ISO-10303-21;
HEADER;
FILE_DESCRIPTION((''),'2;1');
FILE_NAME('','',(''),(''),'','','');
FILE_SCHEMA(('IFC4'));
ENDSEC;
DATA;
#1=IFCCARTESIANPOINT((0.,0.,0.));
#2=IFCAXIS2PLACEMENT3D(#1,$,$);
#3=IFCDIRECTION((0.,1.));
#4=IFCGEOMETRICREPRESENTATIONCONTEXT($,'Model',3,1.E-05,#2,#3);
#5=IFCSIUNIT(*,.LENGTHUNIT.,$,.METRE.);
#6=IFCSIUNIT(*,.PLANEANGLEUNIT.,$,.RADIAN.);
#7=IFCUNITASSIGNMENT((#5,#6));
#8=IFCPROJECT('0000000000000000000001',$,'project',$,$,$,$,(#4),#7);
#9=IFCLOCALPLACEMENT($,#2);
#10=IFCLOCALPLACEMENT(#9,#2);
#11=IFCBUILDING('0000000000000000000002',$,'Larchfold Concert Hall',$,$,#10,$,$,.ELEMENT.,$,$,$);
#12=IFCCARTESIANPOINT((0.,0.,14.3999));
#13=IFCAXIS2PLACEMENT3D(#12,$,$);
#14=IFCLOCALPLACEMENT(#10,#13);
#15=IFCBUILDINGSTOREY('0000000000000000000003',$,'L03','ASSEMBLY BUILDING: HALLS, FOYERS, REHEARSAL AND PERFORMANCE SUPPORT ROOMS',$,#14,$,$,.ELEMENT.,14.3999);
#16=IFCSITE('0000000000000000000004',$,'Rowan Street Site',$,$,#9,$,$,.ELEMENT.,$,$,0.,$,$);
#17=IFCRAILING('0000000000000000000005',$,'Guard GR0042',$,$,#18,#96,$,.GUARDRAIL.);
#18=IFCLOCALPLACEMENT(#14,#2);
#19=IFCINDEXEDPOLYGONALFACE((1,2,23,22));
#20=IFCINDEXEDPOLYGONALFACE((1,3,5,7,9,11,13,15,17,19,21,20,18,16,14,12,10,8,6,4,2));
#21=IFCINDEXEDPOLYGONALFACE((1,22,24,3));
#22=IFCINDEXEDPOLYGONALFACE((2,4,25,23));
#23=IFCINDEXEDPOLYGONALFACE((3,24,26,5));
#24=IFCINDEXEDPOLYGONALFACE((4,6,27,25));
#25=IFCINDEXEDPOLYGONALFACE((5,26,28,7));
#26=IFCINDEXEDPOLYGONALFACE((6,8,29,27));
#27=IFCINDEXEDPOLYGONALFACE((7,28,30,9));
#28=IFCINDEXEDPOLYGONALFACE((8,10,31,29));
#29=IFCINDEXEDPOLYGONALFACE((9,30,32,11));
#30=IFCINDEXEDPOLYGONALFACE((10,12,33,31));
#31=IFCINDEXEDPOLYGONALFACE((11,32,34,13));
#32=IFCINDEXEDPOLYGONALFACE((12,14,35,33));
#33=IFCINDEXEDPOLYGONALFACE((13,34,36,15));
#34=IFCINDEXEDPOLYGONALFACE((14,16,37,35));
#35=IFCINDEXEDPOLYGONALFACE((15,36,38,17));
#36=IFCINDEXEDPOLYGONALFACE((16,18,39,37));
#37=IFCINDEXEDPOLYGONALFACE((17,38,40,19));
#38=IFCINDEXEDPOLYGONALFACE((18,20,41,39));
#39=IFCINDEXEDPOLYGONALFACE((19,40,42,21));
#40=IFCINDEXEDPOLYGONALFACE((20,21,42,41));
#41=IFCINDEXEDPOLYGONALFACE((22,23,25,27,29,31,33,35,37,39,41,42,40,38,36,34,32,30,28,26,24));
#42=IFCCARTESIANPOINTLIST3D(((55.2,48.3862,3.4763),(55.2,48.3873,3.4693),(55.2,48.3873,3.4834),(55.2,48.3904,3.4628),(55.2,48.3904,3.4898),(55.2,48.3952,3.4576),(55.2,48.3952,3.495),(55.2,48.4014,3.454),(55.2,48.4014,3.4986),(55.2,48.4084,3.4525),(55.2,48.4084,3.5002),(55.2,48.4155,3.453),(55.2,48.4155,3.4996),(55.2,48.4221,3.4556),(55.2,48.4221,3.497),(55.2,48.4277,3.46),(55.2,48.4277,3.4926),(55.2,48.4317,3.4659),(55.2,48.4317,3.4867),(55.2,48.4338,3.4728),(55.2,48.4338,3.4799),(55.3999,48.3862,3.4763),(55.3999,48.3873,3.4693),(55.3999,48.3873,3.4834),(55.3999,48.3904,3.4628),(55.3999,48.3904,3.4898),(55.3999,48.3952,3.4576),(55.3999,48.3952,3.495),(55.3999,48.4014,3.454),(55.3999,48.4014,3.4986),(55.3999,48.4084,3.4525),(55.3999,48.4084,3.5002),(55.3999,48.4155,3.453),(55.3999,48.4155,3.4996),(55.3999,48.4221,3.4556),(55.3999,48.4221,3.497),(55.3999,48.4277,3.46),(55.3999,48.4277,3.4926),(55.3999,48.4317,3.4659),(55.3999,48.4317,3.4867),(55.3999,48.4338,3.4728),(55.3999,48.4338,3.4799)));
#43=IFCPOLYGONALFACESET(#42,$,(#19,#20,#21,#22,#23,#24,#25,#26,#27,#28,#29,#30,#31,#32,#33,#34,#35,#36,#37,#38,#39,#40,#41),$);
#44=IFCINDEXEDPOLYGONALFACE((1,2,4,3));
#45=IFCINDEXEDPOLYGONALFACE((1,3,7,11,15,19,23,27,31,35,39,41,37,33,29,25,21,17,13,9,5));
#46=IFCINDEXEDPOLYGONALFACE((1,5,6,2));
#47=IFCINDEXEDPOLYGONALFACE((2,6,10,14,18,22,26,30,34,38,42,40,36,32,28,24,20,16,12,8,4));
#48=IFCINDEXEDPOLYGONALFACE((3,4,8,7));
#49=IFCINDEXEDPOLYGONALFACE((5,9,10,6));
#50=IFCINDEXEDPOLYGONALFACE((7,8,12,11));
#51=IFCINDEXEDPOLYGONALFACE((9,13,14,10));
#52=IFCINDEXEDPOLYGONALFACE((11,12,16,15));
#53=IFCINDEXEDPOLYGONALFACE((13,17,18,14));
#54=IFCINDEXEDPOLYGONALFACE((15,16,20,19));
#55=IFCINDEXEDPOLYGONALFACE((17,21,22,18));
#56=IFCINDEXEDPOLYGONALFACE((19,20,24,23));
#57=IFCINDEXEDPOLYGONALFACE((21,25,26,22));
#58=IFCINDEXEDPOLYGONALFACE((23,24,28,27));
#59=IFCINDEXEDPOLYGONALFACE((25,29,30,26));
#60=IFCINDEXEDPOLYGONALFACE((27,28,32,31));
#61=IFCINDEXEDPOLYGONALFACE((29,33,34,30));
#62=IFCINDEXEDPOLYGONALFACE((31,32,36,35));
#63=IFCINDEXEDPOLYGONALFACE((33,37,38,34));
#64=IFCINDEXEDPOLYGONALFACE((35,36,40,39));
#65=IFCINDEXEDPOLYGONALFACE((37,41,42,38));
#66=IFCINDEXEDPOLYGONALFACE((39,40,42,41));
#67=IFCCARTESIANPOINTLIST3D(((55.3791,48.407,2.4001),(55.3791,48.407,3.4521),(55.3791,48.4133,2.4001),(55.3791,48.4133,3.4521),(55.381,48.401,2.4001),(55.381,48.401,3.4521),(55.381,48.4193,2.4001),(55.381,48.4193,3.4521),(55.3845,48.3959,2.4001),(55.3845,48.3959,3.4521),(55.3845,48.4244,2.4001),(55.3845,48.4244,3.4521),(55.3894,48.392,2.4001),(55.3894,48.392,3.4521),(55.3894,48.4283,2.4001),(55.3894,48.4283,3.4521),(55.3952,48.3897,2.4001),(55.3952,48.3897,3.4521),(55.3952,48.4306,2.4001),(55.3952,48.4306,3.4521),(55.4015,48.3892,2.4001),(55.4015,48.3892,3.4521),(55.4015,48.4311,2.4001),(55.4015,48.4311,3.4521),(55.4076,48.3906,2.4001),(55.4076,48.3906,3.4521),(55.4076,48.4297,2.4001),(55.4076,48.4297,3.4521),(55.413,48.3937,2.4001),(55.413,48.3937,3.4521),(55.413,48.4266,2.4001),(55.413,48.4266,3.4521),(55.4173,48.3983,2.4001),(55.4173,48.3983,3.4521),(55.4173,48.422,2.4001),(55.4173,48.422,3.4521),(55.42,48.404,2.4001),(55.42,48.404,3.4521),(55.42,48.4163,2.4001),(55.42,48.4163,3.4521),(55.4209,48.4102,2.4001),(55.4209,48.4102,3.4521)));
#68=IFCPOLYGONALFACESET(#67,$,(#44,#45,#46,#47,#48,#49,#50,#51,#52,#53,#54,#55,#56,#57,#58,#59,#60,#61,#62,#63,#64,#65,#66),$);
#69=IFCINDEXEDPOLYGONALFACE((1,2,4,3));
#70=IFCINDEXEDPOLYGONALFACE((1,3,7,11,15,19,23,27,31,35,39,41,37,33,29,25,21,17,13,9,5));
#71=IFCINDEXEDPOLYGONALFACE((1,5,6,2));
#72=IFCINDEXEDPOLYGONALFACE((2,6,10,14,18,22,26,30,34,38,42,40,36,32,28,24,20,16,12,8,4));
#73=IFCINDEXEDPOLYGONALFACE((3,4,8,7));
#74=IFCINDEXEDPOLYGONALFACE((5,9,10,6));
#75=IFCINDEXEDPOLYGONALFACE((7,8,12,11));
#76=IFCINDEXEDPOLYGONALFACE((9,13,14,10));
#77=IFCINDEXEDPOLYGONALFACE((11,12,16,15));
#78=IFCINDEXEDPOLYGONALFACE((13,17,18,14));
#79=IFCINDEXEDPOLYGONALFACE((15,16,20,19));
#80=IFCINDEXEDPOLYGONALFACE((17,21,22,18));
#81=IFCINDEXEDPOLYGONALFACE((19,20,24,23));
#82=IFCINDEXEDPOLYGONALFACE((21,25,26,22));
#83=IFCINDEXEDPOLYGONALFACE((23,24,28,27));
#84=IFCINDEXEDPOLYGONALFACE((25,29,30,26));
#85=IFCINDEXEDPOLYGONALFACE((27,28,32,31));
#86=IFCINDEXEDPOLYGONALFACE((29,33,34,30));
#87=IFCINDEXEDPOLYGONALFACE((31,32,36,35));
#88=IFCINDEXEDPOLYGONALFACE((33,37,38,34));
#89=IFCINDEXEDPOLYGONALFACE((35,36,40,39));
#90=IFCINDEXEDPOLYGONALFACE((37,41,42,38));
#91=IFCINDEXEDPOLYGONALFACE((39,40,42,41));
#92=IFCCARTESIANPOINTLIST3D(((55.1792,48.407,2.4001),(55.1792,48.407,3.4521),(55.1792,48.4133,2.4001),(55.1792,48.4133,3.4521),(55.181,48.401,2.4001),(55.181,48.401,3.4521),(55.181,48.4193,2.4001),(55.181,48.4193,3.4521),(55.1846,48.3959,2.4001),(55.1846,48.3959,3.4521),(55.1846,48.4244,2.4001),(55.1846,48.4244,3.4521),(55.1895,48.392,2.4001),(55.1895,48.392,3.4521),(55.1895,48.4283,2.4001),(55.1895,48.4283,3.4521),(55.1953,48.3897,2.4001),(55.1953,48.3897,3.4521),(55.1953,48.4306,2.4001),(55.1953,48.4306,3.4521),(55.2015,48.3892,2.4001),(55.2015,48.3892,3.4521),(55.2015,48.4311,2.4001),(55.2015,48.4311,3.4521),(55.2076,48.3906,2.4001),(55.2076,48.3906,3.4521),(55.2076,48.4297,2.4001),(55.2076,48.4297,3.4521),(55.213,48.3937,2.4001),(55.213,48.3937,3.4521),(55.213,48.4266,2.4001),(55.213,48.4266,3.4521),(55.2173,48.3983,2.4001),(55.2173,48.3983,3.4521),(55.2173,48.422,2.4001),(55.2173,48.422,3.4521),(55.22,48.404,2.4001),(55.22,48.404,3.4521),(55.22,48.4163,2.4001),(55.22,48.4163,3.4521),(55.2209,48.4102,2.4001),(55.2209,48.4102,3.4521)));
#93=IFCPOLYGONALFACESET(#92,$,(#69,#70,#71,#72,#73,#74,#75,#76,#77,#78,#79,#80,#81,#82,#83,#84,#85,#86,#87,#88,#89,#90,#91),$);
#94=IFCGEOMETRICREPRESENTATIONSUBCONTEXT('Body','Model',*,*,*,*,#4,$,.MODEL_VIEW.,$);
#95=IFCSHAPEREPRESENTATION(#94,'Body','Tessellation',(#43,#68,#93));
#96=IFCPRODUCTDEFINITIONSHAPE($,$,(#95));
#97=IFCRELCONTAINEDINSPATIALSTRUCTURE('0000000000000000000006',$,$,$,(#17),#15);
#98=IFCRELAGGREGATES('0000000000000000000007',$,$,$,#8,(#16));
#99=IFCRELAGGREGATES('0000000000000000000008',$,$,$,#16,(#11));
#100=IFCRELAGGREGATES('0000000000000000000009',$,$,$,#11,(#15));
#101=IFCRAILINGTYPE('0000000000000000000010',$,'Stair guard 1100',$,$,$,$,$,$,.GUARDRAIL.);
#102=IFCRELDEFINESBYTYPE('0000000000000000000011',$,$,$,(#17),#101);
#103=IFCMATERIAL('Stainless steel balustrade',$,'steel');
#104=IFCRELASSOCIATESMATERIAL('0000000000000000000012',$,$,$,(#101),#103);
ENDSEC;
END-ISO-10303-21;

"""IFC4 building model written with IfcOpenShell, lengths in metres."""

from ifc_helpers import new_model, si_unit, direction, frame, origin, origin_2d, place, context, subcontext, project, spatial, circle, extrude, material, type_object, element, save


model = new_model("IFC4")

# Units and contexts
model_context = context("Model", 3, precision=1e-05, world=origin(), true_north=direction((0.0, 1.0)))
body_context = subcontext(model_context, "Body", "Model", "MODEL_VIEW")
ifc_project = project(units=[si_unit("LENGTHUNIT", "METRE"), si_unit("PLANEANGLEUNIT", "RADIAN")], contexts=[model_context])

# Site, building, storey
site_placement = place(None, origin())
site = spatial("IfcSite", under=ifc_project, at=site_placement, Name="Rowan Street Site", CompositionType="ELEMENT", RefElevation=0.0)
building_placement = place(site_placement, origin())
building = spatial("IfcBuilding", under=site, at=building_placement, Name="Larchfold Concert Hall", CompositionType="ELEMENT")
storey_placement = place(building_placement, frame((0.0, 0.0, 14.3999)))
storey = spatial("IfcBuildingStorey", under=building, at=storey_placement, Name="L03", Description="ASSEMBLY BUILDING: HALLS, FOYERS, REHEARSAL AND PERFORMANCE SUPPORT ROOMS", CompositionType="ELEMENT", Elevation=14.3999)

# Railing
ifc_material_1 = material(Name="Stainless steel balustrade", Category="steel")
railing_type_1 = type_object("IfcRailingType", Name="Stair guard 1100", PredefinedType="GUARDRAIL", material=ifc_material_1)
railing_1_placement = place(storey_placement, frame((55.3999, 48.4102, 2.4001)))
element("IfcRailing", 1, at=railing_1_placement, inside=storey, type_object=railing_type_1, Name="Guard GR0042", PredefinedType="GUARDRAIL", context=body_context, shape_type="SweptSolid", body=[
    extrude(circle(Radius=0.0239, at=origin_2d()), frame((0.0, 0.0, 1.0762), z_axis=(-1.0, 0.0, 0.0), x_axis=(0.0, -1.0, 0.0)), (0.0, 0.0, 1.0), 0.2),
    extrude(circle(Radius=0.021, at=origin_2d()), origin(), (0.0, 0.0, 1.0), 1.052),
    extrude(circle(Radius=0.021, at=origin_2d()), frame((-0.2, 0.0, 0.0)), (0.0, 0.0, 1.0), 1.052),
])

save(model, "model.ifc")
